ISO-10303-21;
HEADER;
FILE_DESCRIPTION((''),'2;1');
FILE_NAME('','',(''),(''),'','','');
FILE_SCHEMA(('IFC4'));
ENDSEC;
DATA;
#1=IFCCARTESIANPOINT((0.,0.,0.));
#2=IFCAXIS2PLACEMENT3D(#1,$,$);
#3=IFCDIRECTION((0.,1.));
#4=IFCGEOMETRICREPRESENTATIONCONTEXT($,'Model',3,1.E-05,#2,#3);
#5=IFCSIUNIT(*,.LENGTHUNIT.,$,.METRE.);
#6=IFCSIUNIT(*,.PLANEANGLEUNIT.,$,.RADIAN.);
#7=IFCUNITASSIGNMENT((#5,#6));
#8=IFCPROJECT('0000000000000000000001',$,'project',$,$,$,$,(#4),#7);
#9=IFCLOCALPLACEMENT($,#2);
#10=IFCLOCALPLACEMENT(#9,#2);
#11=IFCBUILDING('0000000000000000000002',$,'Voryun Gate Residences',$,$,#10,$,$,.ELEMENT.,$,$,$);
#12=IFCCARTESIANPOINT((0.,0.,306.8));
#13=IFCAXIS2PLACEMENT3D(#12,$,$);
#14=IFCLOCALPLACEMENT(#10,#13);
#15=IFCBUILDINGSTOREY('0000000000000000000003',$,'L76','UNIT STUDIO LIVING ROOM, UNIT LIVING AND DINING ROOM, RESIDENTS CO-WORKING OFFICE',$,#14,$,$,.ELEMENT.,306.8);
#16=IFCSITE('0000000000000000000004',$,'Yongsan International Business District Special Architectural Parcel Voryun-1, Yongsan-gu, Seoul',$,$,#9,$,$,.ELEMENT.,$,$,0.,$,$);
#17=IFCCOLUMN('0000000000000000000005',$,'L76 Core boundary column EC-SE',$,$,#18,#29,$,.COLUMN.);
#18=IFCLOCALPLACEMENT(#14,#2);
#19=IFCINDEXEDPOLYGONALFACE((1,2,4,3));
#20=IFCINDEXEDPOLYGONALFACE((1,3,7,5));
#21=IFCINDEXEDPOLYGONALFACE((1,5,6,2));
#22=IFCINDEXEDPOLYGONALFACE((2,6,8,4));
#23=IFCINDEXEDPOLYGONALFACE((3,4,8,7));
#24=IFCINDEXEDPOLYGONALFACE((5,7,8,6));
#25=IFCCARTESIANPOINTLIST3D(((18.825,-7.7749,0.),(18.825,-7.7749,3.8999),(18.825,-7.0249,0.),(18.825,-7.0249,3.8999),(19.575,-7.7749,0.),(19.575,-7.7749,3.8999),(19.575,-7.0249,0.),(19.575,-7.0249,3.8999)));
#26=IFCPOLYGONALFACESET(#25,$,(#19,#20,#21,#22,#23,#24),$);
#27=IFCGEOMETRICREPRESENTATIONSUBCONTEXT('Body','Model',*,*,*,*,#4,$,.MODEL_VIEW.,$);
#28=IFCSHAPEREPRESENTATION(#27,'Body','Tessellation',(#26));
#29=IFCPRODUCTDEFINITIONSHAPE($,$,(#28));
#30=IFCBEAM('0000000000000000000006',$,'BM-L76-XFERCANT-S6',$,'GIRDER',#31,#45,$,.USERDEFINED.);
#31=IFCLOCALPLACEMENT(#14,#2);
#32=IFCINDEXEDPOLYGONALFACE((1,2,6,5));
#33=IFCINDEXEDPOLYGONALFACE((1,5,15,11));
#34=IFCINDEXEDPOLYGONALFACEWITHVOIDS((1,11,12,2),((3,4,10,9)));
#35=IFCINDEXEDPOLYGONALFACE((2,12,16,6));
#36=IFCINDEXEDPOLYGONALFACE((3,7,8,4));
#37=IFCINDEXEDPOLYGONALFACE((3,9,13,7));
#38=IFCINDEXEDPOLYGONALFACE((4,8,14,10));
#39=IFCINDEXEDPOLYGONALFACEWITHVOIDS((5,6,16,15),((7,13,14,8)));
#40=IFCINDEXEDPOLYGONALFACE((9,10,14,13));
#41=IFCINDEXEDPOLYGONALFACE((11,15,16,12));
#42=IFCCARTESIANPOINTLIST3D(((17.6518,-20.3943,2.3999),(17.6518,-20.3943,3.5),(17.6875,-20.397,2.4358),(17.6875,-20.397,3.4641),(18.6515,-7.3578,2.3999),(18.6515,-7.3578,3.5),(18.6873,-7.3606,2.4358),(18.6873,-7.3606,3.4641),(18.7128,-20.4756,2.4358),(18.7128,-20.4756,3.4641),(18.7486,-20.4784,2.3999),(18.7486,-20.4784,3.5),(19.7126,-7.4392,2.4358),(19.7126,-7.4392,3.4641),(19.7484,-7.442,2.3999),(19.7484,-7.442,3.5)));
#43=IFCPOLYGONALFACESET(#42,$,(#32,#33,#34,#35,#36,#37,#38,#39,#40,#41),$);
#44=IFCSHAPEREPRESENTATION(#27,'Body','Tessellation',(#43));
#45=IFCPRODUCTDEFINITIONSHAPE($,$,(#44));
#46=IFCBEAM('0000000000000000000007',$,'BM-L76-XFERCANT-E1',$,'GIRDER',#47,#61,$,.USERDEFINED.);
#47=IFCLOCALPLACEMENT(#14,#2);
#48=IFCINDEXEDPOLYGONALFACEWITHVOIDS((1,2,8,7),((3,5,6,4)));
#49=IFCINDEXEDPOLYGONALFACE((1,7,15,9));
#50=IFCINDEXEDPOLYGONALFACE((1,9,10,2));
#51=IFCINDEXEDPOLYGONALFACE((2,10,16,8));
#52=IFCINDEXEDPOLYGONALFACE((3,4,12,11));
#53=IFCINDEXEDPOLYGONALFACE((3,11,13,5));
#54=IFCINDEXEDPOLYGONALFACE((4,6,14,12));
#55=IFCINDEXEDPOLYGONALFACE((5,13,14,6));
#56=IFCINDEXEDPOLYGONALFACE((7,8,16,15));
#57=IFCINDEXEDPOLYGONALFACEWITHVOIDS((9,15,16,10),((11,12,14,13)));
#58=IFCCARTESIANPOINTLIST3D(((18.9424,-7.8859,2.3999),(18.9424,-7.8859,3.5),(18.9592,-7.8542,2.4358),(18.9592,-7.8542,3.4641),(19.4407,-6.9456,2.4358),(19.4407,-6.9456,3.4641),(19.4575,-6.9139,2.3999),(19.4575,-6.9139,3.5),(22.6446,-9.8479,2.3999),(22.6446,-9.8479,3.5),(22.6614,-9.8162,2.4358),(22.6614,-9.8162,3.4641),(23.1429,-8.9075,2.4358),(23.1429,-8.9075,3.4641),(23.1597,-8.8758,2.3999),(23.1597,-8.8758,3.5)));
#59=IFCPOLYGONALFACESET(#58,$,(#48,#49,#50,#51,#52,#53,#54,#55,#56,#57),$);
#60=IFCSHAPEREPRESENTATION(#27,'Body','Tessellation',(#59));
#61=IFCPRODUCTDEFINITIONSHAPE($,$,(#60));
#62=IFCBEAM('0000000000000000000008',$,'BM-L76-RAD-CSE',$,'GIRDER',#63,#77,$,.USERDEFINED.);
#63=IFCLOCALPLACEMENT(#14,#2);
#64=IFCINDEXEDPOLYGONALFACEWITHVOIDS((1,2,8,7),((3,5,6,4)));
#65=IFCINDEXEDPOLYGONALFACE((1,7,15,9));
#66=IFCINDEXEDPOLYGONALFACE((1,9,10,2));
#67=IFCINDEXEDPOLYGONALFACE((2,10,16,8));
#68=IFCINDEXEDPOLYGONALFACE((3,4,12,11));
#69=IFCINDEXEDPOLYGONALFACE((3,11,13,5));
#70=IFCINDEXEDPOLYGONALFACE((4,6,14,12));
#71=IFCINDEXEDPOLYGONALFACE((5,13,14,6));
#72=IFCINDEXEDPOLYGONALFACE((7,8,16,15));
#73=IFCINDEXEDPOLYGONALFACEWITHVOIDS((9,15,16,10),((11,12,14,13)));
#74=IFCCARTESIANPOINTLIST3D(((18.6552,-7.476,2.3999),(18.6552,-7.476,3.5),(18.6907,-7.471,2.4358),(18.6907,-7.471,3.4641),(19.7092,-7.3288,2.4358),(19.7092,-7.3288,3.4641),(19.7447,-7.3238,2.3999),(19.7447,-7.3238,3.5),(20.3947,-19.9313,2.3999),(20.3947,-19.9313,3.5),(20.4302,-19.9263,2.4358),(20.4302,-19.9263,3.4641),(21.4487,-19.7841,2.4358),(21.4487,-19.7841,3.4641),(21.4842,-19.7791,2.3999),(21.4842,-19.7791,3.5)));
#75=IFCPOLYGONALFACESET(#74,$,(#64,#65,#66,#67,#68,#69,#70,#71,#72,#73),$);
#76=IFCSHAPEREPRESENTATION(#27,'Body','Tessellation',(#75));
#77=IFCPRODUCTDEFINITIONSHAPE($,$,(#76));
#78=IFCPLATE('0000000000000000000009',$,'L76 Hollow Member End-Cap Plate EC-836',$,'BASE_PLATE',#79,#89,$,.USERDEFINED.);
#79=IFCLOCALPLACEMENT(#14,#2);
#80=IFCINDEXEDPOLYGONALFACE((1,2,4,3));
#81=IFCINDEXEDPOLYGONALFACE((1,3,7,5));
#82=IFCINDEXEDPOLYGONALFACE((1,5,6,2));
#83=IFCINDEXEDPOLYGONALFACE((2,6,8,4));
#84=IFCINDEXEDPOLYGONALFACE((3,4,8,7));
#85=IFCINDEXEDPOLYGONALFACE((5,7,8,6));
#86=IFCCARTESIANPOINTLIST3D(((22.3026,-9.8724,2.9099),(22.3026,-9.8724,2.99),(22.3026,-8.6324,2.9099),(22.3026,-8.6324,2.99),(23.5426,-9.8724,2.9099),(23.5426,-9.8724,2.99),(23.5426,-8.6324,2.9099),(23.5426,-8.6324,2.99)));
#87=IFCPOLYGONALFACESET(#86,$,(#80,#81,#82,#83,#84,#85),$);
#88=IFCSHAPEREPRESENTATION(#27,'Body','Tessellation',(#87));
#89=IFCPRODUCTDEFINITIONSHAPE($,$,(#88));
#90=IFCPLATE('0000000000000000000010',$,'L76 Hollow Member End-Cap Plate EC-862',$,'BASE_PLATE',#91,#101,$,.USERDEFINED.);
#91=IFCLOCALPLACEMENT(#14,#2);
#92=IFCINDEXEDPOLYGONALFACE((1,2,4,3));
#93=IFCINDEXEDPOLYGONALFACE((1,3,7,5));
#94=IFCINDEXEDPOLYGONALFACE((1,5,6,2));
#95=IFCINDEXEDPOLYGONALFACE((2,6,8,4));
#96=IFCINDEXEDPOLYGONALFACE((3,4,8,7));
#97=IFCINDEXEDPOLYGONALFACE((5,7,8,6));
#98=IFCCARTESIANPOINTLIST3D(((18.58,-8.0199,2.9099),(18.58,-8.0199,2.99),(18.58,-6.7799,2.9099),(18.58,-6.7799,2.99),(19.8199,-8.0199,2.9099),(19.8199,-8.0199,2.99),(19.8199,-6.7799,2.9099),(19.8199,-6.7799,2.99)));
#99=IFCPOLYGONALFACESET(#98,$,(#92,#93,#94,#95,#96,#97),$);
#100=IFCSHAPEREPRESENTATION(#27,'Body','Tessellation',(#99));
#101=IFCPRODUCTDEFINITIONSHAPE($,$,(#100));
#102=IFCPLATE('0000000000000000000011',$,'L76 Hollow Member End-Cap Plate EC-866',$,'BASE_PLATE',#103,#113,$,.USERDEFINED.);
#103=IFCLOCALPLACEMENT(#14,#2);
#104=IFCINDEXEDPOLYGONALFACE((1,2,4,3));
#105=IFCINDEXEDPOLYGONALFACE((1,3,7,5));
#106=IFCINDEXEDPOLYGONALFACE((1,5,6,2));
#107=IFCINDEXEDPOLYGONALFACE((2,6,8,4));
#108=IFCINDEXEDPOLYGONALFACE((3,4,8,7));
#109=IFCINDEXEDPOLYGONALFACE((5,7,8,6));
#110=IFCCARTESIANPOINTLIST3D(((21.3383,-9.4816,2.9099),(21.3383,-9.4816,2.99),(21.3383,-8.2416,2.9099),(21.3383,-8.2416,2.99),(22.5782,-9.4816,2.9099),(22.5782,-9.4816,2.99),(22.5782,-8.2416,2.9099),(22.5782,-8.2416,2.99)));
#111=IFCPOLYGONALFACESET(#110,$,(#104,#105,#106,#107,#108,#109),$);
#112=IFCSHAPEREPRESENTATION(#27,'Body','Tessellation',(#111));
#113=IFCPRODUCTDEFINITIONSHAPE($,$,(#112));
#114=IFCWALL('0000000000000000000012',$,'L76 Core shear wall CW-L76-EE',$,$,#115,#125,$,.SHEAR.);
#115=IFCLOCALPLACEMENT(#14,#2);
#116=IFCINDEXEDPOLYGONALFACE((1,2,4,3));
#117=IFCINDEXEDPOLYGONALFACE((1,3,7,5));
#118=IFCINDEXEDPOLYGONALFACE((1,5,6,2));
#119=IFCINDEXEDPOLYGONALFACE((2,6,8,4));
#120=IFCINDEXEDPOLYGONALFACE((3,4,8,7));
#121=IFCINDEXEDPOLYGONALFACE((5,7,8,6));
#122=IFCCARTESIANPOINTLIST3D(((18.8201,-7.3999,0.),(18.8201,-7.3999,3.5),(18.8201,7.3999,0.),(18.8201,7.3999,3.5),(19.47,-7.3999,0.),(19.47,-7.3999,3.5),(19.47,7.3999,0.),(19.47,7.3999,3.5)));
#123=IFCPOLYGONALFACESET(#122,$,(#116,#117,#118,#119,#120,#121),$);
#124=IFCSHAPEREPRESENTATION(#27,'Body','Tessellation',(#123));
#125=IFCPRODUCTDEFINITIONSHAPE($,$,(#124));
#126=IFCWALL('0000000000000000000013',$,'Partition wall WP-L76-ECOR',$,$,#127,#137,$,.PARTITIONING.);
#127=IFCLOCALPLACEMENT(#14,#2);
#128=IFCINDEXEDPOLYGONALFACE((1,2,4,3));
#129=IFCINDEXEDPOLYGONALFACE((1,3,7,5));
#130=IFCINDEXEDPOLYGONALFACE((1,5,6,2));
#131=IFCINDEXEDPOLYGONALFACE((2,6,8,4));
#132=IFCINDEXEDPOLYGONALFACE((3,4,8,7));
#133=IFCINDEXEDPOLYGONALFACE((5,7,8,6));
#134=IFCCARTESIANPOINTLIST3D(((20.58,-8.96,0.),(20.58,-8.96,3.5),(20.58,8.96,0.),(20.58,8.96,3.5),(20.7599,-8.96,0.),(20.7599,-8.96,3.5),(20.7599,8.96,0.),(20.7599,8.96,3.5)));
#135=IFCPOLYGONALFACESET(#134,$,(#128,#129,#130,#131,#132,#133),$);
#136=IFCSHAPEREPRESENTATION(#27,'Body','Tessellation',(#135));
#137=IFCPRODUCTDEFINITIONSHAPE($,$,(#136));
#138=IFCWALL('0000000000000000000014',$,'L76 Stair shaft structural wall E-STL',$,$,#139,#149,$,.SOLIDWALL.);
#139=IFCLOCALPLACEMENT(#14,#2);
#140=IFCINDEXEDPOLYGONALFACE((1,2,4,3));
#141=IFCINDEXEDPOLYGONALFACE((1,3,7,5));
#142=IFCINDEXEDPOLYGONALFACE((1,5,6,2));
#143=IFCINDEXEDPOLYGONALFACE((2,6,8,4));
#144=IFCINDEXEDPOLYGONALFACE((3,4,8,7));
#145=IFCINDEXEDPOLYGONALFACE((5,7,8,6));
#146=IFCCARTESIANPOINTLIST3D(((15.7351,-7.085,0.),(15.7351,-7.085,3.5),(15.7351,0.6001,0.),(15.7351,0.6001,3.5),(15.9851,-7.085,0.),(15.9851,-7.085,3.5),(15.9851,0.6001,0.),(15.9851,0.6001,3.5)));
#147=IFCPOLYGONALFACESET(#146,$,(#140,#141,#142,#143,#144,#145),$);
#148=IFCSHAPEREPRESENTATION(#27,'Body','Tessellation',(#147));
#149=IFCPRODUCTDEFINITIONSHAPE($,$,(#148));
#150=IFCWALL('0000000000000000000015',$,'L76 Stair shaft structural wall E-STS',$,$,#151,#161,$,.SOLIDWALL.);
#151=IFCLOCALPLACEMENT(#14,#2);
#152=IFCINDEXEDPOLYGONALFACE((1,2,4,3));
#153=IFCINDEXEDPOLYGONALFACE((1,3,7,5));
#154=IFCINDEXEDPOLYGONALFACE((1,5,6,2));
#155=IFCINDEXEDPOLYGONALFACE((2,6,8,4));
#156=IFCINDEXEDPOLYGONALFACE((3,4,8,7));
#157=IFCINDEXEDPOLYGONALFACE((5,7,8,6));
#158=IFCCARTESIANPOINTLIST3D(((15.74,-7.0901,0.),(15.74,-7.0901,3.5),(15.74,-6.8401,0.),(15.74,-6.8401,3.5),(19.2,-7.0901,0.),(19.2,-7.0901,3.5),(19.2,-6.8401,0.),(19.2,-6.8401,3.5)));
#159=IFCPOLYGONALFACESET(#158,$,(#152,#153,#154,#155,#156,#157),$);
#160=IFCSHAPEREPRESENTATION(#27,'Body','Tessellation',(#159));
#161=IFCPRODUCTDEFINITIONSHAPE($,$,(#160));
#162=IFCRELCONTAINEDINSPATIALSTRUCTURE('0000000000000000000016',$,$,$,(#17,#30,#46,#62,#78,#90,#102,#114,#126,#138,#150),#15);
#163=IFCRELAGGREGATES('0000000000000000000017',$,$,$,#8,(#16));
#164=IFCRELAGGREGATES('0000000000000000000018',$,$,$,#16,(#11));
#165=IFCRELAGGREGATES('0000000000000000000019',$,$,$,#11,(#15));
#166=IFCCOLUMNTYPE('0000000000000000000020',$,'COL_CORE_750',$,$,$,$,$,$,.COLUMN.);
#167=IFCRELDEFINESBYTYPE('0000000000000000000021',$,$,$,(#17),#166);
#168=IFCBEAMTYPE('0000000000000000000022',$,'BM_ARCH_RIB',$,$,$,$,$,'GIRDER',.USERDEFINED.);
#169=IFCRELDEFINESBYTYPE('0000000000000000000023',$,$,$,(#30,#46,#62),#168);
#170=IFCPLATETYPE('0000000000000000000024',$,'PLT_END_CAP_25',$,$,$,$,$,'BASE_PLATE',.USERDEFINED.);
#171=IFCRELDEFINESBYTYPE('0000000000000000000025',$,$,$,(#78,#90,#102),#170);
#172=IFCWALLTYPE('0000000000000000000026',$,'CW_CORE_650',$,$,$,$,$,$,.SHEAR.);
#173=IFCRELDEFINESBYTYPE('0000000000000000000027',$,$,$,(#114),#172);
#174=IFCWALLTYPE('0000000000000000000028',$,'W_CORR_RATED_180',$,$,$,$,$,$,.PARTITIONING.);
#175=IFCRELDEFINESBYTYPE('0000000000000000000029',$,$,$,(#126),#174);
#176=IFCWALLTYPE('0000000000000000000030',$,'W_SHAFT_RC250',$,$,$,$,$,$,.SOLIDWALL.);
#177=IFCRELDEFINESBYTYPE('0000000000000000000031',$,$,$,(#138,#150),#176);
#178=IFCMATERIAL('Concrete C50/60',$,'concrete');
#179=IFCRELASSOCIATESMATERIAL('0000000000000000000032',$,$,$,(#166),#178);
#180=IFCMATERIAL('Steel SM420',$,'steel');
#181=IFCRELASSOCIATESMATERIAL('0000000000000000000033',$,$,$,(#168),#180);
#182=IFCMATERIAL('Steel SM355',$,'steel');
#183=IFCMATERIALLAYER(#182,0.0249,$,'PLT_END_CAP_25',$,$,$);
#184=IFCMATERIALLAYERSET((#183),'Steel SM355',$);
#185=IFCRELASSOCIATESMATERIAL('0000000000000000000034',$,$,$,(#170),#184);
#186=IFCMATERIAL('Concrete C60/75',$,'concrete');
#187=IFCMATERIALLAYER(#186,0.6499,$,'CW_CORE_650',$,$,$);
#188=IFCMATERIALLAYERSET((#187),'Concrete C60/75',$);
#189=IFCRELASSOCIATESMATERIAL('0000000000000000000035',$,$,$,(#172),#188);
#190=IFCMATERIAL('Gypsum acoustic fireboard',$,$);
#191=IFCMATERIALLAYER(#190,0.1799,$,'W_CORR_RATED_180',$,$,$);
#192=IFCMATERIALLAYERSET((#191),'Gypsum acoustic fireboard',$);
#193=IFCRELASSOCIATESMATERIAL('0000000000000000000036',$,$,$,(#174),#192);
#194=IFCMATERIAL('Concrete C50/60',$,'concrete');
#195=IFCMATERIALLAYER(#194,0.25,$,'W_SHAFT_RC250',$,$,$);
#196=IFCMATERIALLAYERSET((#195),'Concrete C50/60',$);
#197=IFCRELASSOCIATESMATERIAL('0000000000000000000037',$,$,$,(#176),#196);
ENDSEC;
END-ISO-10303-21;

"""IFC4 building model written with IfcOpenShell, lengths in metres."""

from ifc_helpers import new_model, si_unit, direction, frame, frame_2d, origin, origin_2d, place, context, subcontext, project, spatial, rectangle, hollow_rectangle, extrude, material, layer, layer_set, material_profile, profile_set, type_object, element, save


model = new_model("IFC4")

# Units and contexts
model_context = context("Model", 3, precision=1e-05, world=origin(), true_north=direction((0.0, 1.0)))
body_context = subcontext(model_context, "Body", "Model", "MODEL_VIEW")
ifc_project = project(units=[si_unit("LENGTHUNIT", "METRE"), si_unit("PLANEANGLEUNIT", "RADIAN")], contexts=[model_context])

# Site, building, storey
site_placement = place(None, origin())
site = spatial("IfcSite", under=ifc_project, at=site_placement, Name="Yongsan International Business District Special Architectural Parcel Voryun-1, Yongsan-gu, Seoul", CompositionType="ELEMENT", RefElevation=0.0)
building_placement = place(site_placement, origin())
building = spatial("IfcBuilding", under=site, at=building_placement, Name="Voryun Gate Residences", CompositionType="ELEMENT")
storey_placement = place(building_placement, frame((0.0, 0.0, 306.8)))
storey = spatial("IfcBuildingStorey", under=building, at=storey_placement, Name="L76", Description="UNIT STUDIO LIVING ROOM, UNIT LIVING AND DINING ROOM, RESIDENTS CO-WORKING OFFICE", CompositionType="ELEMENT", Elevation=306.8)

# Column
ifc_material_1 = material(Name="Concrete C50/60", Category="concrete")
ifc_material_profile_1 = material_profile(ifc_material_1, rectangle(XDim=0.75, YDim=0.75, at=origin_2d()), Name="RC-750x750")
ifc_profile_set_1 = profile_set([ifc_material_profile_1], Name="Concrete C50/60")
column_type = type_object("IfcColumnType", Name="COL_CORE_750", PredefinedType="COLUMN", material=ifc_profile_set_1)
column_placement = place(storey_placement, frame((19.2, -7.3999, 0.0), z_axis=(0.0, 0.0, 1.0), x_axis=(1.0, 0.0, 0.0)))
element("IfcColumn", 1, at=column_placement, inside=storey, type_object=column_type, Name="L76 Core boundary column EC-SE", PredefinedType="COLUMN", context=body_context, shape_type="SweptSolid", body=[
    extrude(rectangle(XDim=0.75, YDim=0.75, at=origin_2d()), origin(), (0.0, 0.0, 1.0), 3.8999),
])

# Beams
ifc_material_2 = material(Name="Steel SM420", Category="steel")
ifc_material_profile_2 = material_profile(ifc_material_2, hollow_rectangle(XDim=1.1001, YDim=1.1001, WallThickness=0.0359, at=origin_2d()), Name="BOX-1100x1100x36")
ifc_profile_set_2 = profile_set([ifc_material_profile_2], Name="Steel SM420")
beam_type = type_object("IfcBeamType", Name="BM_ARCH_RIB", ElementType="GIRDER", PredefinedType="USERDEFINED", material=ifc_profile_set_2)
beam_1_placement = place(storey_placement, frame((19.2, -7.3999, 2.95), z_axis=(-0.076465, -0.997072, 0.0), x_axis=(0.997072, -0.076465, 0.0)))
element("IfcBeam", 2, at=beam_1_placement, inside=storey, type_object=beam_type, Name="BM-L76-XFERCANT-S6", ObjectType="GIRDER", PredefinedType="USERDEFINED", context=body_context, shape_type="SweptSolid", body=[
    extrude(hollow_rectangle(XDim=1.1001, YDim=1.1001, WallThickness=0.0359, at=origin_2d()), origin(), (0.0, 0.0, 1.0), 13.0747),
])
beam_2_placement = place(storey_placement, frame((19.2, -7.3999, 2.95), z_axis=(0.883595, -0.468252, 0.0), x_axis=(0.468252, 0.883595, 0.0)))
element("IfcBeam", 3, at=beam_2_placement, inside=storey, type_object=beam_type, Name="BM-L76-XFERCANT-E1", ObjectType="GIRDER", PredefinedType="USERDEFINED", context=body_context, shape_type="SweptSolid", body=[
    extrude(hollow_rectangle(XDim=1.1001, YDim=1.1001, WallThickness=0.0359, at=origin_2d()), origin(), (0.0, 0.0, 1.0), 4.1899),
])
beam_3_placement = place(storey_placement, frame((19.2, -7.3999, 2.95), z_axis=(0.138317, -0.990388, 0.0), x_axis=(0.990388, 0.138317, 0.0)))
element("IfcBeam", 4, at=beam_3_placement, inside=storey, type_object=beam_type, Name="BM-L76-RAD-CSE", ObjectType="GIRDER", PredefinedType="USERDEFINED", context=body_context, shape_type="SweptSolid", body=[
    extrude(hollow_rectangle(XDim=1.1001, YDim=1.1001, WallThickness=0.0359, at=origin_2d()), origin(), (0.0, 0.0, 1.0), 12.5762),
])

# Plates
ifc_material_3 = material(Name="Steel SM355", Category="steel")
ifc_layer_1 = layer(ifc_material_3, 0.0249, Name="PLT_END_CAP_25")
ifc_layer_set_1 = layer_set([ifc_layer_1], Name="Steel SM355")
plate_type = type_object("IfcPlateType", Name="PLT_END_CAP_25", ElementType="BASE_PLATE", PredefinedType="USERDEFINED", material=ifc_layer_set_1)
for number, where, z_axis, x_axis, name in (
    (5, (22.9226, -9.2524, 2.9099), (0.0, 0.0, 1.0), (1.0, 0.0, 0.0), "L76 Hollow Member End-Cap Plate EC-836"),
    (6, (19.2, -7.3999, 2.9099), (0.0, 0.0, 1.0), (1.0, 0.0, 0.0), "L76 Hollow Member End-Cap Plate EC-862"),
    (7, (21.9583, -8.8616, 2.9099), (0.0, 0.0, 1.0), (1.0, 0.0, 0.0), "L76 Hollow Member End-Cap Plate EC-866"),
):
    element("IfcPlate", number, at=place(storey_placement, frame(where, z_axis=z_axis, x_axis=x_axis)), inside=storey, type_object=plate_type, Name=name, ObjectType="BASE_PLATE", PredefinedType="USERDEFINED", context=body_context, shape_type="SweptSolid", body=[
        extrude(rectangle(XDim=1.24, YDim=1.24, at=origin_2d()), origin(), (0.0, 0.0, 1.0), 0.0801),
    ])

# Walls
ifc_material_4 = material(Name="Concrete C60/75", Category="concrete")
ifc_layer_2 = layer(ifc_material_4, 0.6499, Name="CW_CORE_650")
ifc_layer_set_2 = layer_set([ifc_layer_2], Name="Concrete C60/75")
wall_type_1 = type_object("IfcWallType", Name="CW_CORE_650", PredefinedType="SHEAR", material=ifc_layer_set_2)
wall_1_placement = place(storey_placement, frame((19.145, -7.3999, 0.0), z_axis=(0.0, 0.0, 1.0), x_axis=(0.0, 1.0, 0.0)))
element("IfcWall", 8, at=wall_1_placement, inside=storey, type_object=wall_type_1, Name="L76 Core shear wall CW-L76-EE", PredefinedType="SHEAR", context=body_context, shape_type="SweptSolid", body=[
    extrude(rectangle(XDim=14.7998, YDim=0.6499, at=frame_2d((7.3999, 0.0))), origin(), (0.0, 0.0, 1.0), 3.5),
])
ifc_material_5 = material(Name="Gypsum acoustic fireboard")
ifc_layer_3 = layer(ifc_material_5, 0.1799, Name="W_CORR_RATED_180")
ifc_layer_set_3 = layer_set([ifc_layer_3], Name="Gypsum acoustic fireboard")
wall_type_2 = type_object("IfcWallType", Name="W_CORR_RATED_180", PredefinedType="PARTITIONING", material=ifc_layer_set_3)
wall_2_placement = place(storey_placement, frame((20.6699, -8.96, 0.0), z_axis=(0.0, 0.0, 1.0), x_axis=(0.0, 1.0, 0.0)))
element("IfcWall", 9, at=wall_2_placement, inside=storey, type_object=wall_type_2, Name="Partition wall WP-L76-ECOR", PredefinedType="PARTITIONING", context=body_context, shape_type="SweptSolid", body=[
    extrude(rectangle(XDim=17.9199, YDim=0.1799, at=frame_2d((8.96, 0.0))), origin(), (0.0, 0.0, 1.0), 3.5),
])
ifc_material_6 = material(Name="Concrete C50/60", Category="concrete")
ifc_layer_4 = layer(ifc_material_6, 0.25, Name="W_SHAFT_RC250")
ifc_layer_set_4 = layer_set([ifc_layer_4], Name="Concrete C50/60")
wall_type_3 = type_object("IfcWallType", Name="W_SHAFT_RC250", PredefinedType="SOLIDWALL", material=ifc_layer_set_4)
wall_3_placement = place(storey_placement, frame((15.8601, -7.085, 0.0), z_axis=(0.0, 0.0, 1.0), x_axis=(0.0, 1.0, 0.0)))
element("IfcWall", 10, at=wall_3_placement, inside=storey, type_object=wall_type_3, Name="L76 Stair shaft structural wall E-STL", PredefinedType="SOLIDWALL", context=body_context, shape_type="SweptSolid", body=[
    extrude(rectangle(XDim=7.6851, YDim=0.25, at=frame_2d((3.8425, 0.0))), origin(), (0.0, 0.0, 1.0), 3.5),
])
wall_4_placement = place(storey_placement, frame((15.74, -6.9651, 0.0), z_axis=(0.0, 0.0, 1.0), x_axis=(1.0, 0.0, 0.0)))
element("IfcWall", 11, at=wall_4_placement, inside=storey, type_object=wall_type_3, Name="L76 Stair shaft structural wall E-STS", PredefinedType="SOLIDWALL", context=body_context, shape_type="SweptSolid", body=[
    extrude(rectangle(XDim=3.46, YDim=0.25, at=frame_2d((1.73, 0.0))), origin(), (0.0, 0.0, 1.0), 3.5),
])

save(model, "model.ifc")
